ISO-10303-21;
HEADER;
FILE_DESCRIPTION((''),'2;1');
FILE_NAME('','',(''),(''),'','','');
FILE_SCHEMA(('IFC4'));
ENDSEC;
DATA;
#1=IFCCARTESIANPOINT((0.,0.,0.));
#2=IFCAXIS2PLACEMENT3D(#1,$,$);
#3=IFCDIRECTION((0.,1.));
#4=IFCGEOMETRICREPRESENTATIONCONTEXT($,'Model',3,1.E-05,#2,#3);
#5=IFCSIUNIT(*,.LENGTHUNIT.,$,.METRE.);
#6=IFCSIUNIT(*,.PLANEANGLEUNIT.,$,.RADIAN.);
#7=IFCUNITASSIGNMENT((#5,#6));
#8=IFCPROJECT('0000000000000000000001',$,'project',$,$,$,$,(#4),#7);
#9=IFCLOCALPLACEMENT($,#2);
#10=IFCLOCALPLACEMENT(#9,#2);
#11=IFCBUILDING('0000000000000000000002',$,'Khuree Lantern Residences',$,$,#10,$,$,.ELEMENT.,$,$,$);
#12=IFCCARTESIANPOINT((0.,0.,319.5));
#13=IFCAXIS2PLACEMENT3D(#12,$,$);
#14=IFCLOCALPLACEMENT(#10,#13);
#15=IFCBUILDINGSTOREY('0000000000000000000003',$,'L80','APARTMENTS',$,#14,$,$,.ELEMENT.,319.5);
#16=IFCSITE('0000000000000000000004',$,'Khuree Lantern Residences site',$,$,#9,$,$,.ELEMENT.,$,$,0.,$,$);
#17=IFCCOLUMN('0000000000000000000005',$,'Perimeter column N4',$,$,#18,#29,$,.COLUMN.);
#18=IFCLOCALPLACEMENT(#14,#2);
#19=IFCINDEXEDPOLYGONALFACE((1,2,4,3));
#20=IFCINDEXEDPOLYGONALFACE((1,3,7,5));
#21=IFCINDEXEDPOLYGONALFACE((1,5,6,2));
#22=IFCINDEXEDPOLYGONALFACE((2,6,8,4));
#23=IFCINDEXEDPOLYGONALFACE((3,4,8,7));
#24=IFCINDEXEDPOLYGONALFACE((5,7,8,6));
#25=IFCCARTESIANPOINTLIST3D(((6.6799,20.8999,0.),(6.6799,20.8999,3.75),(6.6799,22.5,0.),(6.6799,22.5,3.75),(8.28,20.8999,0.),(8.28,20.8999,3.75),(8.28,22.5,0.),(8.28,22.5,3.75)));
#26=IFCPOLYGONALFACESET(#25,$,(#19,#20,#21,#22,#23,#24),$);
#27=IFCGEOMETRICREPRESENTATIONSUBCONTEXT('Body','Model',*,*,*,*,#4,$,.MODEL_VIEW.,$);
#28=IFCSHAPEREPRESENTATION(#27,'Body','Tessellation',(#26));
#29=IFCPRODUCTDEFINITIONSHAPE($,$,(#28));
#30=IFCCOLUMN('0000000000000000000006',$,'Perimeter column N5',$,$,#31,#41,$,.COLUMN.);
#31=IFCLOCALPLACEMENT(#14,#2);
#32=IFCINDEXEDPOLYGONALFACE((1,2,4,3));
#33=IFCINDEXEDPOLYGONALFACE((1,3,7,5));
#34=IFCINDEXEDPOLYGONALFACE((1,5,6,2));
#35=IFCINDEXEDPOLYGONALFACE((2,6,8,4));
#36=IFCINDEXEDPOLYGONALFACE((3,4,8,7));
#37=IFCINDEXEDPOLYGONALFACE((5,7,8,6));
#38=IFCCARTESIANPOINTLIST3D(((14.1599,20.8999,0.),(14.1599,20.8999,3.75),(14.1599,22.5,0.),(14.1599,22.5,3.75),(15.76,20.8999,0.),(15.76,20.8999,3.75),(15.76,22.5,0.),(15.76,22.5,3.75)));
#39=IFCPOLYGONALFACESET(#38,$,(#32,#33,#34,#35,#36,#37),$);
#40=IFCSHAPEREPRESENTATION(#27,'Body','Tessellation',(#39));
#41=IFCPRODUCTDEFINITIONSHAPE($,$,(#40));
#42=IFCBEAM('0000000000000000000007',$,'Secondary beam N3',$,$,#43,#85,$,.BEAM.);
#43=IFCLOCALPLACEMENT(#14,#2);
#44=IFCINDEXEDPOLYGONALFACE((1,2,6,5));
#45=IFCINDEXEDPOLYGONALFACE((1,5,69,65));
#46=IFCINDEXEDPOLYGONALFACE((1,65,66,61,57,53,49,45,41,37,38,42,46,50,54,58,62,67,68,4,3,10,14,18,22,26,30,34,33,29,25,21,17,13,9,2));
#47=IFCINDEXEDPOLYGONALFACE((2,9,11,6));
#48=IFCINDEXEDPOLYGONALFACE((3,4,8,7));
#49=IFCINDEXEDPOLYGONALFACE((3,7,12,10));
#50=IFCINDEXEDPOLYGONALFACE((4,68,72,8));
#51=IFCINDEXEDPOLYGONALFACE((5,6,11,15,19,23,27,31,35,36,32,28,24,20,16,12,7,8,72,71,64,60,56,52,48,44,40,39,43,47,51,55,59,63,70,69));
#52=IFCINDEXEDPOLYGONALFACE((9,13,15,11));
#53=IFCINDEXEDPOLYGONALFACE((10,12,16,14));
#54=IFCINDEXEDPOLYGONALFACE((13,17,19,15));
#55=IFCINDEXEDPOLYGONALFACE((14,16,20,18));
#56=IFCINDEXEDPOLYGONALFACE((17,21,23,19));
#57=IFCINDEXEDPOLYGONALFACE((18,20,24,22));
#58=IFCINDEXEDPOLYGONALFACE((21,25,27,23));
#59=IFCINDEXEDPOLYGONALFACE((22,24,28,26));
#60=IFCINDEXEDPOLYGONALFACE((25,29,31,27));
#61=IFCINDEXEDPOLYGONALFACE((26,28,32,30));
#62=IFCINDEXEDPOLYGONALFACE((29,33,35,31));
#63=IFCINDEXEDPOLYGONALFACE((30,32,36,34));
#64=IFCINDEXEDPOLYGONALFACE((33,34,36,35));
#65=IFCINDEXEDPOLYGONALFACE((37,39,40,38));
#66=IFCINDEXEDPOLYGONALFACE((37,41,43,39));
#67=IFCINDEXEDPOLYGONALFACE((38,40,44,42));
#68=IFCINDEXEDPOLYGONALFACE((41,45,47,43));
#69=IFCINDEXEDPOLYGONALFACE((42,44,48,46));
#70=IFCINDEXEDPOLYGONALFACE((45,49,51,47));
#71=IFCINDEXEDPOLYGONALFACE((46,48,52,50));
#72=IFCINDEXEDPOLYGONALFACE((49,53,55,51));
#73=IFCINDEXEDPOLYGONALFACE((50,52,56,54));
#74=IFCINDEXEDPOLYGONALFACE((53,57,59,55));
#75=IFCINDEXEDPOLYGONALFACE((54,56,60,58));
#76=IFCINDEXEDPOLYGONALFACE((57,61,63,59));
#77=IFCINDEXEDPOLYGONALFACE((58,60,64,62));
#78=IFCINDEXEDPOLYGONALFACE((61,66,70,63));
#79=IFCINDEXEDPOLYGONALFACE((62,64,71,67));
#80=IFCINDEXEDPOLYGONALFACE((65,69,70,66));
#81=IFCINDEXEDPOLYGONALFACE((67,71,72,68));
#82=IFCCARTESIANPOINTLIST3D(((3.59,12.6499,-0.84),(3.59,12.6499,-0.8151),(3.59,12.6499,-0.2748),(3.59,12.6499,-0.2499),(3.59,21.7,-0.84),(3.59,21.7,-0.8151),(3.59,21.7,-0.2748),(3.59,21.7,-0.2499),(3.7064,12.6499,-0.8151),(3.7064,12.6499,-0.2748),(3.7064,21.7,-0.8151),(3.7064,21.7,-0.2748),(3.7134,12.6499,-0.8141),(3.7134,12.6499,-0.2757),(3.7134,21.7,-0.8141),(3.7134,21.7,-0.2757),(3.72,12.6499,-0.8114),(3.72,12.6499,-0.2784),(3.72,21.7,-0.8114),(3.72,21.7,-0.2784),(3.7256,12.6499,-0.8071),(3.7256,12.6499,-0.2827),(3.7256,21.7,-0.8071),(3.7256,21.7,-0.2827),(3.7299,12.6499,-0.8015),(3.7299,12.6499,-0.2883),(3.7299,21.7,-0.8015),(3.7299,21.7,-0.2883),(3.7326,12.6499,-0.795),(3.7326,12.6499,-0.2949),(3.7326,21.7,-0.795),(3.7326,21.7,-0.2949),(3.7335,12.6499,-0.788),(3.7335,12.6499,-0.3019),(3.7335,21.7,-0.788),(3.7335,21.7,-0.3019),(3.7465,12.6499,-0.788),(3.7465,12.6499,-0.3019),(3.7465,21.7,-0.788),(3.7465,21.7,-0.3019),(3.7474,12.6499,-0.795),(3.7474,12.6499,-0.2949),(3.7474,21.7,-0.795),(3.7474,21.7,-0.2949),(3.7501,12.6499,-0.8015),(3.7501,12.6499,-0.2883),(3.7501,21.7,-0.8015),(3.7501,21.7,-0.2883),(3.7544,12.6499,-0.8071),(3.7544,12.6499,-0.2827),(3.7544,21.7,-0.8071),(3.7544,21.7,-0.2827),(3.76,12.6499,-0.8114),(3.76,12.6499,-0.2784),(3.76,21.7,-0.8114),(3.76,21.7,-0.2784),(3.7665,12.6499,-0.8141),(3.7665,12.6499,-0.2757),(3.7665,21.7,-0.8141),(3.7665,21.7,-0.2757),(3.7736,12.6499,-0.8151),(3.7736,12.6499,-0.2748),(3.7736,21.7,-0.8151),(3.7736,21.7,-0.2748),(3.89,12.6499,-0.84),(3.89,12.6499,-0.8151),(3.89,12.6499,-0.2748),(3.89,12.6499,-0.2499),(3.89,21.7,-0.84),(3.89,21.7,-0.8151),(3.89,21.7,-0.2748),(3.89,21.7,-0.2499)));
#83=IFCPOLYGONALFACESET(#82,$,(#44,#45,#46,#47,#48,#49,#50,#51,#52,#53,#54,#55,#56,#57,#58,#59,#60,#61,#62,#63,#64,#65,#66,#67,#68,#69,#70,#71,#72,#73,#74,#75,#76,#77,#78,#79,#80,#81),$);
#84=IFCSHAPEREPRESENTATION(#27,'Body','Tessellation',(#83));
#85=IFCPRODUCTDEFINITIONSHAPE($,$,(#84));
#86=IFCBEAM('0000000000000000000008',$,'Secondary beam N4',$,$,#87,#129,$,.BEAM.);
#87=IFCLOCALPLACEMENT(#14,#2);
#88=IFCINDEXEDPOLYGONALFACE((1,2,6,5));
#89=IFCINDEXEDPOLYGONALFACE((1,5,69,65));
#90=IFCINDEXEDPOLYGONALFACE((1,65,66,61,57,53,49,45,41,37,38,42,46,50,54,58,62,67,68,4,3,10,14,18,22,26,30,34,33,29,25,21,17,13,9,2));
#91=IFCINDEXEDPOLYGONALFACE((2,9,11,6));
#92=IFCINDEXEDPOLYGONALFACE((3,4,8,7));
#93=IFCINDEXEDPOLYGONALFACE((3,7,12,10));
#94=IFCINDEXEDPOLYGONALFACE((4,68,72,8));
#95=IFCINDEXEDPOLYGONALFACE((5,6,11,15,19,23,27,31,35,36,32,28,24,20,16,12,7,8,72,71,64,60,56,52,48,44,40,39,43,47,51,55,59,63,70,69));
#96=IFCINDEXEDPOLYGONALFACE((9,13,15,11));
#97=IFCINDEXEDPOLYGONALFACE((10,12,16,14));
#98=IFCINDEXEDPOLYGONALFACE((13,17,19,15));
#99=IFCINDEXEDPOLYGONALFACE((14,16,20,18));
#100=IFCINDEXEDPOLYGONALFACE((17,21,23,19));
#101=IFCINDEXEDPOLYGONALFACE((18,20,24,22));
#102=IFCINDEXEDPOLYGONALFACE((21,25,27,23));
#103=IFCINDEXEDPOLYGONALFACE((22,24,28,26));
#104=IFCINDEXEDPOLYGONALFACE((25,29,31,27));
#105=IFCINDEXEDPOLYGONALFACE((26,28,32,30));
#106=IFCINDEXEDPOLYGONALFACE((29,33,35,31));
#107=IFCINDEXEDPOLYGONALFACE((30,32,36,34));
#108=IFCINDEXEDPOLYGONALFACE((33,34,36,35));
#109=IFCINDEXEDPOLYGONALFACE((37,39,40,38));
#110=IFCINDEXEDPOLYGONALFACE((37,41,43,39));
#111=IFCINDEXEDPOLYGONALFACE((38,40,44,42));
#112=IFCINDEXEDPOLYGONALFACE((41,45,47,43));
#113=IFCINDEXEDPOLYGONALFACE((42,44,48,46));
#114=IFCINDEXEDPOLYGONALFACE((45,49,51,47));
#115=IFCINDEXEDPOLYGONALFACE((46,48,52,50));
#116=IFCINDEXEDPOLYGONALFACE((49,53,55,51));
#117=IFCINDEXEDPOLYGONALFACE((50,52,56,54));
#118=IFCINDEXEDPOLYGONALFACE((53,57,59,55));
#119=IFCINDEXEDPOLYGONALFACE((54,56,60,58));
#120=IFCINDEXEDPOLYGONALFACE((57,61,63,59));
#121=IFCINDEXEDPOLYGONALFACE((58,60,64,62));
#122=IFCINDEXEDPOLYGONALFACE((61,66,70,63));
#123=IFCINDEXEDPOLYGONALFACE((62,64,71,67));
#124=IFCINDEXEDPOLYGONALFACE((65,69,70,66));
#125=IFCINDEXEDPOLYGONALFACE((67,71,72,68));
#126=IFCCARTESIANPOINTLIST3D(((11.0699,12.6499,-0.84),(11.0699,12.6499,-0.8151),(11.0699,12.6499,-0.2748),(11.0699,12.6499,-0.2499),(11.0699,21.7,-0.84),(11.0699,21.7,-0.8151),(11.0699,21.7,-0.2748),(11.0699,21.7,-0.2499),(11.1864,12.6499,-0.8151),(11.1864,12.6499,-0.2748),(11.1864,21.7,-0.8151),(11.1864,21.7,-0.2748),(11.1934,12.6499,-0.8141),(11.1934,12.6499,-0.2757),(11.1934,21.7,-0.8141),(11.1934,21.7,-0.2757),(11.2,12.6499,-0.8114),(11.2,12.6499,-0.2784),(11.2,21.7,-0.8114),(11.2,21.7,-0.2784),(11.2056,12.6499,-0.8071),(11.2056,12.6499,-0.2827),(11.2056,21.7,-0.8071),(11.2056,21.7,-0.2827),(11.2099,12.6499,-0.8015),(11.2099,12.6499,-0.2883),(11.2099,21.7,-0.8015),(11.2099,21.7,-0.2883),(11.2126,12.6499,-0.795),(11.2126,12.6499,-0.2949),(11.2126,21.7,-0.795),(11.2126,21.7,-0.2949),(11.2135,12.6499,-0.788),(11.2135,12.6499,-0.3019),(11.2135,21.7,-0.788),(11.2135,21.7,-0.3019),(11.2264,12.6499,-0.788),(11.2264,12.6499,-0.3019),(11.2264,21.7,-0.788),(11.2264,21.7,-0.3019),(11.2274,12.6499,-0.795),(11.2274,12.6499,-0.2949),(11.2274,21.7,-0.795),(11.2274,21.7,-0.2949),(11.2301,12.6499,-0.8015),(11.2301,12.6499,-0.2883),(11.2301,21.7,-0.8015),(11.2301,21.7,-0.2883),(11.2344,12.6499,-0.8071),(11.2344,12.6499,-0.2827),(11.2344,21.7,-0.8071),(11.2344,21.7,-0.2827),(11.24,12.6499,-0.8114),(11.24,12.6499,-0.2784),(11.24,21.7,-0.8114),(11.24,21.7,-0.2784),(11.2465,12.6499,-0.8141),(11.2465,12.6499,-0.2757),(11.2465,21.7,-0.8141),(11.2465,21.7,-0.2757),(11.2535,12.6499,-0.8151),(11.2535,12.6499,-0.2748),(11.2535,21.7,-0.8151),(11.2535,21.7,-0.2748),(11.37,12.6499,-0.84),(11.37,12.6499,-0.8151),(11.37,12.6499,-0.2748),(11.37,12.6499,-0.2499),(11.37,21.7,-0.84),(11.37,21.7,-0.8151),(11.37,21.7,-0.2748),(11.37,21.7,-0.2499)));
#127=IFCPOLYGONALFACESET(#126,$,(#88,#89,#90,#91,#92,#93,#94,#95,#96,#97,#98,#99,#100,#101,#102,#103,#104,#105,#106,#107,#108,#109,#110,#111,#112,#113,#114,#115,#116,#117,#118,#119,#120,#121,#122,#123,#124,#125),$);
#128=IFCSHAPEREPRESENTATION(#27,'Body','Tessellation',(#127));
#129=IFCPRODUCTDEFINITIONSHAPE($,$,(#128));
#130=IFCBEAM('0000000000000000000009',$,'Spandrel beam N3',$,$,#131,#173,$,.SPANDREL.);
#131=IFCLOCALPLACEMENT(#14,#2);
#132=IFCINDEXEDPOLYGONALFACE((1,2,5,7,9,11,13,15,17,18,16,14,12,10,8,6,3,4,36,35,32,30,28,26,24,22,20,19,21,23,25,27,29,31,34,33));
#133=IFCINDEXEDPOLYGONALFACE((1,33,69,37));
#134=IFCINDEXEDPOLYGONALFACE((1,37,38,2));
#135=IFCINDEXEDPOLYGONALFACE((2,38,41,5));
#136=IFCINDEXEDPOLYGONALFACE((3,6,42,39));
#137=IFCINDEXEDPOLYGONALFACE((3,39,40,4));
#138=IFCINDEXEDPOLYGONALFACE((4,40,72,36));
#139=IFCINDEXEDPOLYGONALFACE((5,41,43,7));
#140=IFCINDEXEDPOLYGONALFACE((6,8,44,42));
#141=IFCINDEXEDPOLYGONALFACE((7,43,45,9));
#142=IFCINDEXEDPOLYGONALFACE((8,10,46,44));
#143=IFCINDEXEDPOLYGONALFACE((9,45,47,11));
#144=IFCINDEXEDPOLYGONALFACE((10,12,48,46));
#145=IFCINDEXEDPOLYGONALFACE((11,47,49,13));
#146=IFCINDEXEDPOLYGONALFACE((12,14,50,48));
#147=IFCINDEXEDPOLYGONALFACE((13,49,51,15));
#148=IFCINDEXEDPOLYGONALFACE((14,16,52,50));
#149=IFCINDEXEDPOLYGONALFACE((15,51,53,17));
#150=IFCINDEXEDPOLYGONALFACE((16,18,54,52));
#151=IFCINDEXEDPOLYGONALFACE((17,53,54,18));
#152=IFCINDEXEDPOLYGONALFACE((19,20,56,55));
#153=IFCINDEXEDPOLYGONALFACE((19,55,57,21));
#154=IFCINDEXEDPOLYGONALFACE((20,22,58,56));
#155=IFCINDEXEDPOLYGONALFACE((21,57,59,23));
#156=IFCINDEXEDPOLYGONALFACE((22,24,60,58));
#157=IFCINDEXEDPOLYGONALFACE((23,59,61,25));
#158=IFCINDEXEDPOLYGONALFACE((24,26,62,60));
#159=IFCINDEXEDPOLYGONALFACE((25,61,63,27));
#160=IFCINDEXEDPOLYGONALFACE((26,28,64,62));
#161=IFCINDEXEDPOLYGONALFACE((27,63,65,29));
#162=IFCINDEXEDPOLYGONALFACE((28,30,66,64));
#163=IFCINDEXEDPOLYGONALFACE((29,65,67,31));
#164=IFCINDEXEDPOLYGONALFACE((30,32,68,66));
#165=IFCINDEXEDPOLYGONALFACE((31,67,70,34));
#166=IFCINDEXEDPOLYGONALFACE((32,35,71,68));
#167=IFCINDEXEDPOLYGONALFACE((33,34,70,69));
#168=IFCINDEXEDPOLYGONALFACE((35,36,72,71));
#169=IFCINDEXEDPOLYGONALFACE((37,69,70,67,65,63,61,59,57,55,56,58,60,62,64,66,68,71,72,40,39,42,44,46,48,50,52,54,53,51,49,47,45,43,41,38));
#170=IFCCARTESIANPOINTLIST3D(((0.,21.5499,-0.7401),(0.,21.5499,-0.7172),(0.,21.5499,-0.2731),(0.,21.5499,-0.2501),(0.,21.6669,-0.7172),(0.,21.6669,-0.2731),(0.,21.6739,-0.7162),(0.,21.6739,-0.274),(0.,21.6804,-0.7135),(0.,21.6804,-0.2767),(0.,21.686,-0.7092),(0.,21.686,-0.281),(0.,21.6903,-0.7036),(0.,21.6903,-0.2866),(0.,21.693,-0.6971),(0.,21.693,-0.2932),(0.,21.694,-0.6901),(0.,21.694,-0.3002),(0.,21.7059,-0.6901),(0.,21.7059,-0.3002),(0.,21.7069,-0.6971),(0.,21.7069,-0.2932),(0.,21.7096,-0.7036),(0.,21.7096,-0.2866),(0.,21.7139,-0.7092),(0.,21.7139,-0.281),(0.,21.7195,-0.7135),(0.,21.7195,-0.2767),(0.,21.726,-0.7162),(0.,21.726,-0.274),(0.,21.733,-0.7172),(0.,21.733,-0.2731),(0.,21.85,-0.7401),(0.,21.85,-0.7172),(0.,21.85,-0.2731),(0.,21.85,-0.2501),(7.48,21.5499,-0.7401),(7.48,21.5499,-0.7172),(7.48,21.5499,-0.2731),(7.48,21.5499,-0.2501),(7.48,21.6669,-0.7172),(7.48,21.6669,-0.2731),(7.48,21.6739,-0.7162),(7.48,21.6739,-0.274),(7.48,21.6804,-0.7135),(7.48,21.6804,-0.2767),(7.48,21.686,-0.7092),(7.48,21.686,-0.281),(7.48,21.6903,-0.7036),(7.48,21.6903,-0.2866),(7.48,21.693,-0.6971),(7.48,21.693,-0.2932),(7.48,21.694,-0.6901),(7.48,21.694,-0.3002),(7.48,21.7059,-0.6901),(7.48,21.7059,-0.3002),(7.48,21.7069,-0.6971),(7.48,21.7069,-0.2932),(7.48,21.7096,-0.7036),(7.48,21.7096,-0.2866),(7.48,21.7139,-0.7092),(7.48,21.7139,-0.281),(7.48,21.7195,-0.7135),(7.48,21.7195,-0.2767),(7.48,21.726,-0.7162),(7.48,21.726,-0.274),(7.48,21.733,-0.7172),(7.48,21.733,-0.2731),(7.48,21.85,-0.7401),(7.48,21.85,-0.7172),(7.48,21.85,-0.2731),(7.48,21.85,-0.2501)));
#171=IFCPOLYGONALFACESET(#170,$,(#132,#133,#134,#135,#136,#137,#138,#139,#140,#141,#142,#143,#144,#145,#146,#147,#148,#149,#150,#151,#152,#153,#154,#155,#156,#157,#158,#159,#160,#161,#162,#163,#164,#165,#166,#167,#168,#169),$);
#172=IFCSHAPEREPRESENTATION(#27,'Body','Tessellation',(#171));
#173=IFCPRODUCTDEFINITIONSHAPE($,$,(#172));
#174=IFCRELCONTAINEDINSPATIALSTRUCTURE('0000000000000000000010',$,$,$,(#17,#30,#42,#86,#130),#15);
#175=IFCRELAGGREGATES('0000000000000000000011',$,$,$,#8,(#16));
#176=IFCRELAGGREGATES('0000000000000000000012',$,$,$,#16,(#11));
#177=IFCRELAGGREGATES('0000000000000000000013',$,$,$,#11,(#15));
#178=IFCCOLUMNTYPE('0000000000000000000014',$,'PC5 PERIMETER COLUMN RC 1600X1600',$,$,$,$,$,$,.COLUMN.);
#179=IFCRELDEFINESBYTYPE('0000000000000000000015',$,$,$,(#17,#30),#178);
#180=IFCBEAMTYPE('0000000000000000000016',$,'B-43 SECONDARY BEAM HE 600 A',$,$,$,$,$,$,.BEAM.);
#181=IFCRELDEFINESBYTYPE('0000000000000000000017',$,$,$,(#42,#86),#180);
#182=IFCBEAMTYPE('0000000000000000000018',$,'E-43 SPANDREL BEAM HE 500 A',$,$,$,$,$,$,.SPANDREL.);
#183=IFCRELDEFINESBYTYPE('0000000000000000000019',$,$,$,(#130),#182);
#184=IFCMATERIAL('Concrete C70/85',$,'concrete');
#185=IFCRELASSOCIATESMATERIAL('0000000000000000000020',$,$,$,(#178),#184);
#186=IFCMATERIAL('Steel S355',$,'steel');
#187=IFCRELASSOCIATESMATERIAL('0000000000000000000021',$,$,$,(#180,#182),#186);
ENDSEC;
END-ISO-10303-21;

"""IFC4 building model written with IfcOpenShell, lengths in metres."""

from ifc_helpers import new_model, si_unit, direction, frame, origin, origin_2d, place, context, subcontext, project, spatial, rectangle, i_section, extrude, material, material_profile, profile_set, type_object, element, save


model = new_model("IFC4")

# Units and contexts
model_context = context("Model", 3, precision=1e-05, world=origin(), true_north=direction((0.0, 1.0)))
body_context = subcontext(model_context, "Body", "Model", "MODEL_VIEW")
ifc_project = project(units=[si_unit("LENGTHUNIT", "METRE"), si_unit("PLANEANGLEUNIT", "RADIAN")], contexts=[model_context])

# Site, building, storey
site_placement = place(None, origin())
site = spatial("IfcSite", under=ifc_project, at=site_placement, Name="Khuree Lantern Residences site", CompositionType="ELEMENT", RefElevation=0.0)
building_placement = place(site_placement, origin())
building = spatial("IfcBuilding", under=site, at=building_placement, Name="Khuree Lantern Residences", CompositionType="ELEMENT")
storey_placement = place(building_placement, frame((0.0, 0.0, 319.5)))
storey = spatial("IfcBuildingStorey", under=building, at=storey_placement, Name="L80", Description="APARTMENTS", CompositionType="ELEMENT", Elevation=319.5)

# Columns
ifc_material_1 = material(Name="Concrete C70/85", Category="concrete")
ifc_material_profile_1 = material_profile(ifc_material_1, rectangle(XDim=1.6001, YDim=1.6001, at=origin_2d()), Name="RC 1600X1600")
ifc_profile_set_1 = profile_set([ifc_material_profile_1], Name="Concrete C70/85")
column_type = type_object("IfcColumnType", Name="PC5 PERIMETER COLUMN RC 1600X1600", PredefinedType="COLUMN", material=ifc_profile_set_1)
for number, where, z_axis, x_axis, name in (
    (1, (7.48, 21.7, 0.0), (0.0, 0.0, 1.0), (1.0, 0.0, 0.0), "Perimeter column N4"),
    (2, (14.96, 21.7, 0.0), (0.0, 0.0, 1.0), (1.0, 0.0, 0.0), "Perimeter column N5"),
):
    element("IfcColumn", number, at=place(storey_placement, frame(where, z_axis=z_axis, x_axis=x_axis)), inside=storey, type_object=column_type, Name=name, PredefinedType="COLUMN", context=body_context, shape_type="SweptSolid", body=[
        extrude(rectangle(XDim=1.6001, YDim=1.6001, at=origin_2d()), origin(), (0.0, 0.0, 1.0), 3.75),
    ])

# Beams
ifc_material_2 = material(Name="Steel S355", Category="steel")
ifc_material_profile_2 = material_profile(ifc_material_2, i_section(OverallWidth=0.3, OverallDepth=0.5901, WebThickness=0.0129, FlangeThickness=0.0249, FilletRadius=0.0271, at=origin_2d()), Name="HE 600 A")
ifc_profile_set_2 = profile_set([ifc_material_profile_2], Name="Steel S355")
beam_type_1 = type_object("IfcBeamType", Name="B-43 SECONDARY BEAM HE 600 A", PredefinedType="BEAM", material=ifc_profile_set_2)
for number, where, z_axis, x_axis, name in (
    (3, (3.74, 21.7, -0.5449), (0.0, -1.0, 0.0), (1.0, 0.0, 0.0), "Secondary beam N3"),
    (4, (11.22, 21.7, -0.5449), (0.0, -1.0, 0.0), (1.0, 0.0, 0.0), "Secondary beam N4"),
):
    element("IfcBeam", number, at=place(storey_placement, frame(where, z_axis=z_axis, x_axis=x_axis)), inside=storey, type_object=beam_type_1, Name=name, PredefinedType="BEAM", context=body_context, shape_type="SweptSolid", body=[
        extrude(i_section(OverallWidth=0.3, OverallDepth=0.5901, WebThickness=0.0129, FlangeThickness=0.0249, FilletRadius=0.0271, at=origin_2d()), origin(), (0.0, 0.0, 1.0), 9.05),
    ])
ifc_material_profile_3 = material_profile(ifc_material_2, i_section(OverallWidth=0.3, OverallDepth=0.49, WebThickness=0.012, FlangeThickness=0.0229, FilletRadius=0.0271, at=origin_2d()), Name="HE 500 A")
ifc_profile_set_3 = profile_set([ifc_material_profile_3], Name="Steel S355")
beam_type_2 = type_object("IfcBeamType", Name="E-43 SPANDREL BEAM HE 500 A", PredefinedType="SPANDREL", material=ifc_profile_set_3)
for number, where, z_axis, x_axis, name in (
    (5, (0.0, 21.7, -0.4951), (1.0, 0.0, 0.0), (0.0, 1.0, 0.0), "Spandrel beam N3"),
):
    element("IfcBeam", number, at=place(storey_placement, frame(where, z_axis=z_axis, x_axis=x_axis)), inside=storey, type_object=beam_type_2, Name=name, PredefinedType="SPANDREL", context=body_context, shape_type="SweptSolid", body=[
        extrude(i_section(OverallWidth=0.3, OverallDepth=0.49, WebThickness=0.012, FlangeThickness=0.0229, FilletRadius=0.0271, at=origin_2d()), origin(), (0.0, 0.0, 1.0), 7.48),
    ])

save(model, "model.ifc")
